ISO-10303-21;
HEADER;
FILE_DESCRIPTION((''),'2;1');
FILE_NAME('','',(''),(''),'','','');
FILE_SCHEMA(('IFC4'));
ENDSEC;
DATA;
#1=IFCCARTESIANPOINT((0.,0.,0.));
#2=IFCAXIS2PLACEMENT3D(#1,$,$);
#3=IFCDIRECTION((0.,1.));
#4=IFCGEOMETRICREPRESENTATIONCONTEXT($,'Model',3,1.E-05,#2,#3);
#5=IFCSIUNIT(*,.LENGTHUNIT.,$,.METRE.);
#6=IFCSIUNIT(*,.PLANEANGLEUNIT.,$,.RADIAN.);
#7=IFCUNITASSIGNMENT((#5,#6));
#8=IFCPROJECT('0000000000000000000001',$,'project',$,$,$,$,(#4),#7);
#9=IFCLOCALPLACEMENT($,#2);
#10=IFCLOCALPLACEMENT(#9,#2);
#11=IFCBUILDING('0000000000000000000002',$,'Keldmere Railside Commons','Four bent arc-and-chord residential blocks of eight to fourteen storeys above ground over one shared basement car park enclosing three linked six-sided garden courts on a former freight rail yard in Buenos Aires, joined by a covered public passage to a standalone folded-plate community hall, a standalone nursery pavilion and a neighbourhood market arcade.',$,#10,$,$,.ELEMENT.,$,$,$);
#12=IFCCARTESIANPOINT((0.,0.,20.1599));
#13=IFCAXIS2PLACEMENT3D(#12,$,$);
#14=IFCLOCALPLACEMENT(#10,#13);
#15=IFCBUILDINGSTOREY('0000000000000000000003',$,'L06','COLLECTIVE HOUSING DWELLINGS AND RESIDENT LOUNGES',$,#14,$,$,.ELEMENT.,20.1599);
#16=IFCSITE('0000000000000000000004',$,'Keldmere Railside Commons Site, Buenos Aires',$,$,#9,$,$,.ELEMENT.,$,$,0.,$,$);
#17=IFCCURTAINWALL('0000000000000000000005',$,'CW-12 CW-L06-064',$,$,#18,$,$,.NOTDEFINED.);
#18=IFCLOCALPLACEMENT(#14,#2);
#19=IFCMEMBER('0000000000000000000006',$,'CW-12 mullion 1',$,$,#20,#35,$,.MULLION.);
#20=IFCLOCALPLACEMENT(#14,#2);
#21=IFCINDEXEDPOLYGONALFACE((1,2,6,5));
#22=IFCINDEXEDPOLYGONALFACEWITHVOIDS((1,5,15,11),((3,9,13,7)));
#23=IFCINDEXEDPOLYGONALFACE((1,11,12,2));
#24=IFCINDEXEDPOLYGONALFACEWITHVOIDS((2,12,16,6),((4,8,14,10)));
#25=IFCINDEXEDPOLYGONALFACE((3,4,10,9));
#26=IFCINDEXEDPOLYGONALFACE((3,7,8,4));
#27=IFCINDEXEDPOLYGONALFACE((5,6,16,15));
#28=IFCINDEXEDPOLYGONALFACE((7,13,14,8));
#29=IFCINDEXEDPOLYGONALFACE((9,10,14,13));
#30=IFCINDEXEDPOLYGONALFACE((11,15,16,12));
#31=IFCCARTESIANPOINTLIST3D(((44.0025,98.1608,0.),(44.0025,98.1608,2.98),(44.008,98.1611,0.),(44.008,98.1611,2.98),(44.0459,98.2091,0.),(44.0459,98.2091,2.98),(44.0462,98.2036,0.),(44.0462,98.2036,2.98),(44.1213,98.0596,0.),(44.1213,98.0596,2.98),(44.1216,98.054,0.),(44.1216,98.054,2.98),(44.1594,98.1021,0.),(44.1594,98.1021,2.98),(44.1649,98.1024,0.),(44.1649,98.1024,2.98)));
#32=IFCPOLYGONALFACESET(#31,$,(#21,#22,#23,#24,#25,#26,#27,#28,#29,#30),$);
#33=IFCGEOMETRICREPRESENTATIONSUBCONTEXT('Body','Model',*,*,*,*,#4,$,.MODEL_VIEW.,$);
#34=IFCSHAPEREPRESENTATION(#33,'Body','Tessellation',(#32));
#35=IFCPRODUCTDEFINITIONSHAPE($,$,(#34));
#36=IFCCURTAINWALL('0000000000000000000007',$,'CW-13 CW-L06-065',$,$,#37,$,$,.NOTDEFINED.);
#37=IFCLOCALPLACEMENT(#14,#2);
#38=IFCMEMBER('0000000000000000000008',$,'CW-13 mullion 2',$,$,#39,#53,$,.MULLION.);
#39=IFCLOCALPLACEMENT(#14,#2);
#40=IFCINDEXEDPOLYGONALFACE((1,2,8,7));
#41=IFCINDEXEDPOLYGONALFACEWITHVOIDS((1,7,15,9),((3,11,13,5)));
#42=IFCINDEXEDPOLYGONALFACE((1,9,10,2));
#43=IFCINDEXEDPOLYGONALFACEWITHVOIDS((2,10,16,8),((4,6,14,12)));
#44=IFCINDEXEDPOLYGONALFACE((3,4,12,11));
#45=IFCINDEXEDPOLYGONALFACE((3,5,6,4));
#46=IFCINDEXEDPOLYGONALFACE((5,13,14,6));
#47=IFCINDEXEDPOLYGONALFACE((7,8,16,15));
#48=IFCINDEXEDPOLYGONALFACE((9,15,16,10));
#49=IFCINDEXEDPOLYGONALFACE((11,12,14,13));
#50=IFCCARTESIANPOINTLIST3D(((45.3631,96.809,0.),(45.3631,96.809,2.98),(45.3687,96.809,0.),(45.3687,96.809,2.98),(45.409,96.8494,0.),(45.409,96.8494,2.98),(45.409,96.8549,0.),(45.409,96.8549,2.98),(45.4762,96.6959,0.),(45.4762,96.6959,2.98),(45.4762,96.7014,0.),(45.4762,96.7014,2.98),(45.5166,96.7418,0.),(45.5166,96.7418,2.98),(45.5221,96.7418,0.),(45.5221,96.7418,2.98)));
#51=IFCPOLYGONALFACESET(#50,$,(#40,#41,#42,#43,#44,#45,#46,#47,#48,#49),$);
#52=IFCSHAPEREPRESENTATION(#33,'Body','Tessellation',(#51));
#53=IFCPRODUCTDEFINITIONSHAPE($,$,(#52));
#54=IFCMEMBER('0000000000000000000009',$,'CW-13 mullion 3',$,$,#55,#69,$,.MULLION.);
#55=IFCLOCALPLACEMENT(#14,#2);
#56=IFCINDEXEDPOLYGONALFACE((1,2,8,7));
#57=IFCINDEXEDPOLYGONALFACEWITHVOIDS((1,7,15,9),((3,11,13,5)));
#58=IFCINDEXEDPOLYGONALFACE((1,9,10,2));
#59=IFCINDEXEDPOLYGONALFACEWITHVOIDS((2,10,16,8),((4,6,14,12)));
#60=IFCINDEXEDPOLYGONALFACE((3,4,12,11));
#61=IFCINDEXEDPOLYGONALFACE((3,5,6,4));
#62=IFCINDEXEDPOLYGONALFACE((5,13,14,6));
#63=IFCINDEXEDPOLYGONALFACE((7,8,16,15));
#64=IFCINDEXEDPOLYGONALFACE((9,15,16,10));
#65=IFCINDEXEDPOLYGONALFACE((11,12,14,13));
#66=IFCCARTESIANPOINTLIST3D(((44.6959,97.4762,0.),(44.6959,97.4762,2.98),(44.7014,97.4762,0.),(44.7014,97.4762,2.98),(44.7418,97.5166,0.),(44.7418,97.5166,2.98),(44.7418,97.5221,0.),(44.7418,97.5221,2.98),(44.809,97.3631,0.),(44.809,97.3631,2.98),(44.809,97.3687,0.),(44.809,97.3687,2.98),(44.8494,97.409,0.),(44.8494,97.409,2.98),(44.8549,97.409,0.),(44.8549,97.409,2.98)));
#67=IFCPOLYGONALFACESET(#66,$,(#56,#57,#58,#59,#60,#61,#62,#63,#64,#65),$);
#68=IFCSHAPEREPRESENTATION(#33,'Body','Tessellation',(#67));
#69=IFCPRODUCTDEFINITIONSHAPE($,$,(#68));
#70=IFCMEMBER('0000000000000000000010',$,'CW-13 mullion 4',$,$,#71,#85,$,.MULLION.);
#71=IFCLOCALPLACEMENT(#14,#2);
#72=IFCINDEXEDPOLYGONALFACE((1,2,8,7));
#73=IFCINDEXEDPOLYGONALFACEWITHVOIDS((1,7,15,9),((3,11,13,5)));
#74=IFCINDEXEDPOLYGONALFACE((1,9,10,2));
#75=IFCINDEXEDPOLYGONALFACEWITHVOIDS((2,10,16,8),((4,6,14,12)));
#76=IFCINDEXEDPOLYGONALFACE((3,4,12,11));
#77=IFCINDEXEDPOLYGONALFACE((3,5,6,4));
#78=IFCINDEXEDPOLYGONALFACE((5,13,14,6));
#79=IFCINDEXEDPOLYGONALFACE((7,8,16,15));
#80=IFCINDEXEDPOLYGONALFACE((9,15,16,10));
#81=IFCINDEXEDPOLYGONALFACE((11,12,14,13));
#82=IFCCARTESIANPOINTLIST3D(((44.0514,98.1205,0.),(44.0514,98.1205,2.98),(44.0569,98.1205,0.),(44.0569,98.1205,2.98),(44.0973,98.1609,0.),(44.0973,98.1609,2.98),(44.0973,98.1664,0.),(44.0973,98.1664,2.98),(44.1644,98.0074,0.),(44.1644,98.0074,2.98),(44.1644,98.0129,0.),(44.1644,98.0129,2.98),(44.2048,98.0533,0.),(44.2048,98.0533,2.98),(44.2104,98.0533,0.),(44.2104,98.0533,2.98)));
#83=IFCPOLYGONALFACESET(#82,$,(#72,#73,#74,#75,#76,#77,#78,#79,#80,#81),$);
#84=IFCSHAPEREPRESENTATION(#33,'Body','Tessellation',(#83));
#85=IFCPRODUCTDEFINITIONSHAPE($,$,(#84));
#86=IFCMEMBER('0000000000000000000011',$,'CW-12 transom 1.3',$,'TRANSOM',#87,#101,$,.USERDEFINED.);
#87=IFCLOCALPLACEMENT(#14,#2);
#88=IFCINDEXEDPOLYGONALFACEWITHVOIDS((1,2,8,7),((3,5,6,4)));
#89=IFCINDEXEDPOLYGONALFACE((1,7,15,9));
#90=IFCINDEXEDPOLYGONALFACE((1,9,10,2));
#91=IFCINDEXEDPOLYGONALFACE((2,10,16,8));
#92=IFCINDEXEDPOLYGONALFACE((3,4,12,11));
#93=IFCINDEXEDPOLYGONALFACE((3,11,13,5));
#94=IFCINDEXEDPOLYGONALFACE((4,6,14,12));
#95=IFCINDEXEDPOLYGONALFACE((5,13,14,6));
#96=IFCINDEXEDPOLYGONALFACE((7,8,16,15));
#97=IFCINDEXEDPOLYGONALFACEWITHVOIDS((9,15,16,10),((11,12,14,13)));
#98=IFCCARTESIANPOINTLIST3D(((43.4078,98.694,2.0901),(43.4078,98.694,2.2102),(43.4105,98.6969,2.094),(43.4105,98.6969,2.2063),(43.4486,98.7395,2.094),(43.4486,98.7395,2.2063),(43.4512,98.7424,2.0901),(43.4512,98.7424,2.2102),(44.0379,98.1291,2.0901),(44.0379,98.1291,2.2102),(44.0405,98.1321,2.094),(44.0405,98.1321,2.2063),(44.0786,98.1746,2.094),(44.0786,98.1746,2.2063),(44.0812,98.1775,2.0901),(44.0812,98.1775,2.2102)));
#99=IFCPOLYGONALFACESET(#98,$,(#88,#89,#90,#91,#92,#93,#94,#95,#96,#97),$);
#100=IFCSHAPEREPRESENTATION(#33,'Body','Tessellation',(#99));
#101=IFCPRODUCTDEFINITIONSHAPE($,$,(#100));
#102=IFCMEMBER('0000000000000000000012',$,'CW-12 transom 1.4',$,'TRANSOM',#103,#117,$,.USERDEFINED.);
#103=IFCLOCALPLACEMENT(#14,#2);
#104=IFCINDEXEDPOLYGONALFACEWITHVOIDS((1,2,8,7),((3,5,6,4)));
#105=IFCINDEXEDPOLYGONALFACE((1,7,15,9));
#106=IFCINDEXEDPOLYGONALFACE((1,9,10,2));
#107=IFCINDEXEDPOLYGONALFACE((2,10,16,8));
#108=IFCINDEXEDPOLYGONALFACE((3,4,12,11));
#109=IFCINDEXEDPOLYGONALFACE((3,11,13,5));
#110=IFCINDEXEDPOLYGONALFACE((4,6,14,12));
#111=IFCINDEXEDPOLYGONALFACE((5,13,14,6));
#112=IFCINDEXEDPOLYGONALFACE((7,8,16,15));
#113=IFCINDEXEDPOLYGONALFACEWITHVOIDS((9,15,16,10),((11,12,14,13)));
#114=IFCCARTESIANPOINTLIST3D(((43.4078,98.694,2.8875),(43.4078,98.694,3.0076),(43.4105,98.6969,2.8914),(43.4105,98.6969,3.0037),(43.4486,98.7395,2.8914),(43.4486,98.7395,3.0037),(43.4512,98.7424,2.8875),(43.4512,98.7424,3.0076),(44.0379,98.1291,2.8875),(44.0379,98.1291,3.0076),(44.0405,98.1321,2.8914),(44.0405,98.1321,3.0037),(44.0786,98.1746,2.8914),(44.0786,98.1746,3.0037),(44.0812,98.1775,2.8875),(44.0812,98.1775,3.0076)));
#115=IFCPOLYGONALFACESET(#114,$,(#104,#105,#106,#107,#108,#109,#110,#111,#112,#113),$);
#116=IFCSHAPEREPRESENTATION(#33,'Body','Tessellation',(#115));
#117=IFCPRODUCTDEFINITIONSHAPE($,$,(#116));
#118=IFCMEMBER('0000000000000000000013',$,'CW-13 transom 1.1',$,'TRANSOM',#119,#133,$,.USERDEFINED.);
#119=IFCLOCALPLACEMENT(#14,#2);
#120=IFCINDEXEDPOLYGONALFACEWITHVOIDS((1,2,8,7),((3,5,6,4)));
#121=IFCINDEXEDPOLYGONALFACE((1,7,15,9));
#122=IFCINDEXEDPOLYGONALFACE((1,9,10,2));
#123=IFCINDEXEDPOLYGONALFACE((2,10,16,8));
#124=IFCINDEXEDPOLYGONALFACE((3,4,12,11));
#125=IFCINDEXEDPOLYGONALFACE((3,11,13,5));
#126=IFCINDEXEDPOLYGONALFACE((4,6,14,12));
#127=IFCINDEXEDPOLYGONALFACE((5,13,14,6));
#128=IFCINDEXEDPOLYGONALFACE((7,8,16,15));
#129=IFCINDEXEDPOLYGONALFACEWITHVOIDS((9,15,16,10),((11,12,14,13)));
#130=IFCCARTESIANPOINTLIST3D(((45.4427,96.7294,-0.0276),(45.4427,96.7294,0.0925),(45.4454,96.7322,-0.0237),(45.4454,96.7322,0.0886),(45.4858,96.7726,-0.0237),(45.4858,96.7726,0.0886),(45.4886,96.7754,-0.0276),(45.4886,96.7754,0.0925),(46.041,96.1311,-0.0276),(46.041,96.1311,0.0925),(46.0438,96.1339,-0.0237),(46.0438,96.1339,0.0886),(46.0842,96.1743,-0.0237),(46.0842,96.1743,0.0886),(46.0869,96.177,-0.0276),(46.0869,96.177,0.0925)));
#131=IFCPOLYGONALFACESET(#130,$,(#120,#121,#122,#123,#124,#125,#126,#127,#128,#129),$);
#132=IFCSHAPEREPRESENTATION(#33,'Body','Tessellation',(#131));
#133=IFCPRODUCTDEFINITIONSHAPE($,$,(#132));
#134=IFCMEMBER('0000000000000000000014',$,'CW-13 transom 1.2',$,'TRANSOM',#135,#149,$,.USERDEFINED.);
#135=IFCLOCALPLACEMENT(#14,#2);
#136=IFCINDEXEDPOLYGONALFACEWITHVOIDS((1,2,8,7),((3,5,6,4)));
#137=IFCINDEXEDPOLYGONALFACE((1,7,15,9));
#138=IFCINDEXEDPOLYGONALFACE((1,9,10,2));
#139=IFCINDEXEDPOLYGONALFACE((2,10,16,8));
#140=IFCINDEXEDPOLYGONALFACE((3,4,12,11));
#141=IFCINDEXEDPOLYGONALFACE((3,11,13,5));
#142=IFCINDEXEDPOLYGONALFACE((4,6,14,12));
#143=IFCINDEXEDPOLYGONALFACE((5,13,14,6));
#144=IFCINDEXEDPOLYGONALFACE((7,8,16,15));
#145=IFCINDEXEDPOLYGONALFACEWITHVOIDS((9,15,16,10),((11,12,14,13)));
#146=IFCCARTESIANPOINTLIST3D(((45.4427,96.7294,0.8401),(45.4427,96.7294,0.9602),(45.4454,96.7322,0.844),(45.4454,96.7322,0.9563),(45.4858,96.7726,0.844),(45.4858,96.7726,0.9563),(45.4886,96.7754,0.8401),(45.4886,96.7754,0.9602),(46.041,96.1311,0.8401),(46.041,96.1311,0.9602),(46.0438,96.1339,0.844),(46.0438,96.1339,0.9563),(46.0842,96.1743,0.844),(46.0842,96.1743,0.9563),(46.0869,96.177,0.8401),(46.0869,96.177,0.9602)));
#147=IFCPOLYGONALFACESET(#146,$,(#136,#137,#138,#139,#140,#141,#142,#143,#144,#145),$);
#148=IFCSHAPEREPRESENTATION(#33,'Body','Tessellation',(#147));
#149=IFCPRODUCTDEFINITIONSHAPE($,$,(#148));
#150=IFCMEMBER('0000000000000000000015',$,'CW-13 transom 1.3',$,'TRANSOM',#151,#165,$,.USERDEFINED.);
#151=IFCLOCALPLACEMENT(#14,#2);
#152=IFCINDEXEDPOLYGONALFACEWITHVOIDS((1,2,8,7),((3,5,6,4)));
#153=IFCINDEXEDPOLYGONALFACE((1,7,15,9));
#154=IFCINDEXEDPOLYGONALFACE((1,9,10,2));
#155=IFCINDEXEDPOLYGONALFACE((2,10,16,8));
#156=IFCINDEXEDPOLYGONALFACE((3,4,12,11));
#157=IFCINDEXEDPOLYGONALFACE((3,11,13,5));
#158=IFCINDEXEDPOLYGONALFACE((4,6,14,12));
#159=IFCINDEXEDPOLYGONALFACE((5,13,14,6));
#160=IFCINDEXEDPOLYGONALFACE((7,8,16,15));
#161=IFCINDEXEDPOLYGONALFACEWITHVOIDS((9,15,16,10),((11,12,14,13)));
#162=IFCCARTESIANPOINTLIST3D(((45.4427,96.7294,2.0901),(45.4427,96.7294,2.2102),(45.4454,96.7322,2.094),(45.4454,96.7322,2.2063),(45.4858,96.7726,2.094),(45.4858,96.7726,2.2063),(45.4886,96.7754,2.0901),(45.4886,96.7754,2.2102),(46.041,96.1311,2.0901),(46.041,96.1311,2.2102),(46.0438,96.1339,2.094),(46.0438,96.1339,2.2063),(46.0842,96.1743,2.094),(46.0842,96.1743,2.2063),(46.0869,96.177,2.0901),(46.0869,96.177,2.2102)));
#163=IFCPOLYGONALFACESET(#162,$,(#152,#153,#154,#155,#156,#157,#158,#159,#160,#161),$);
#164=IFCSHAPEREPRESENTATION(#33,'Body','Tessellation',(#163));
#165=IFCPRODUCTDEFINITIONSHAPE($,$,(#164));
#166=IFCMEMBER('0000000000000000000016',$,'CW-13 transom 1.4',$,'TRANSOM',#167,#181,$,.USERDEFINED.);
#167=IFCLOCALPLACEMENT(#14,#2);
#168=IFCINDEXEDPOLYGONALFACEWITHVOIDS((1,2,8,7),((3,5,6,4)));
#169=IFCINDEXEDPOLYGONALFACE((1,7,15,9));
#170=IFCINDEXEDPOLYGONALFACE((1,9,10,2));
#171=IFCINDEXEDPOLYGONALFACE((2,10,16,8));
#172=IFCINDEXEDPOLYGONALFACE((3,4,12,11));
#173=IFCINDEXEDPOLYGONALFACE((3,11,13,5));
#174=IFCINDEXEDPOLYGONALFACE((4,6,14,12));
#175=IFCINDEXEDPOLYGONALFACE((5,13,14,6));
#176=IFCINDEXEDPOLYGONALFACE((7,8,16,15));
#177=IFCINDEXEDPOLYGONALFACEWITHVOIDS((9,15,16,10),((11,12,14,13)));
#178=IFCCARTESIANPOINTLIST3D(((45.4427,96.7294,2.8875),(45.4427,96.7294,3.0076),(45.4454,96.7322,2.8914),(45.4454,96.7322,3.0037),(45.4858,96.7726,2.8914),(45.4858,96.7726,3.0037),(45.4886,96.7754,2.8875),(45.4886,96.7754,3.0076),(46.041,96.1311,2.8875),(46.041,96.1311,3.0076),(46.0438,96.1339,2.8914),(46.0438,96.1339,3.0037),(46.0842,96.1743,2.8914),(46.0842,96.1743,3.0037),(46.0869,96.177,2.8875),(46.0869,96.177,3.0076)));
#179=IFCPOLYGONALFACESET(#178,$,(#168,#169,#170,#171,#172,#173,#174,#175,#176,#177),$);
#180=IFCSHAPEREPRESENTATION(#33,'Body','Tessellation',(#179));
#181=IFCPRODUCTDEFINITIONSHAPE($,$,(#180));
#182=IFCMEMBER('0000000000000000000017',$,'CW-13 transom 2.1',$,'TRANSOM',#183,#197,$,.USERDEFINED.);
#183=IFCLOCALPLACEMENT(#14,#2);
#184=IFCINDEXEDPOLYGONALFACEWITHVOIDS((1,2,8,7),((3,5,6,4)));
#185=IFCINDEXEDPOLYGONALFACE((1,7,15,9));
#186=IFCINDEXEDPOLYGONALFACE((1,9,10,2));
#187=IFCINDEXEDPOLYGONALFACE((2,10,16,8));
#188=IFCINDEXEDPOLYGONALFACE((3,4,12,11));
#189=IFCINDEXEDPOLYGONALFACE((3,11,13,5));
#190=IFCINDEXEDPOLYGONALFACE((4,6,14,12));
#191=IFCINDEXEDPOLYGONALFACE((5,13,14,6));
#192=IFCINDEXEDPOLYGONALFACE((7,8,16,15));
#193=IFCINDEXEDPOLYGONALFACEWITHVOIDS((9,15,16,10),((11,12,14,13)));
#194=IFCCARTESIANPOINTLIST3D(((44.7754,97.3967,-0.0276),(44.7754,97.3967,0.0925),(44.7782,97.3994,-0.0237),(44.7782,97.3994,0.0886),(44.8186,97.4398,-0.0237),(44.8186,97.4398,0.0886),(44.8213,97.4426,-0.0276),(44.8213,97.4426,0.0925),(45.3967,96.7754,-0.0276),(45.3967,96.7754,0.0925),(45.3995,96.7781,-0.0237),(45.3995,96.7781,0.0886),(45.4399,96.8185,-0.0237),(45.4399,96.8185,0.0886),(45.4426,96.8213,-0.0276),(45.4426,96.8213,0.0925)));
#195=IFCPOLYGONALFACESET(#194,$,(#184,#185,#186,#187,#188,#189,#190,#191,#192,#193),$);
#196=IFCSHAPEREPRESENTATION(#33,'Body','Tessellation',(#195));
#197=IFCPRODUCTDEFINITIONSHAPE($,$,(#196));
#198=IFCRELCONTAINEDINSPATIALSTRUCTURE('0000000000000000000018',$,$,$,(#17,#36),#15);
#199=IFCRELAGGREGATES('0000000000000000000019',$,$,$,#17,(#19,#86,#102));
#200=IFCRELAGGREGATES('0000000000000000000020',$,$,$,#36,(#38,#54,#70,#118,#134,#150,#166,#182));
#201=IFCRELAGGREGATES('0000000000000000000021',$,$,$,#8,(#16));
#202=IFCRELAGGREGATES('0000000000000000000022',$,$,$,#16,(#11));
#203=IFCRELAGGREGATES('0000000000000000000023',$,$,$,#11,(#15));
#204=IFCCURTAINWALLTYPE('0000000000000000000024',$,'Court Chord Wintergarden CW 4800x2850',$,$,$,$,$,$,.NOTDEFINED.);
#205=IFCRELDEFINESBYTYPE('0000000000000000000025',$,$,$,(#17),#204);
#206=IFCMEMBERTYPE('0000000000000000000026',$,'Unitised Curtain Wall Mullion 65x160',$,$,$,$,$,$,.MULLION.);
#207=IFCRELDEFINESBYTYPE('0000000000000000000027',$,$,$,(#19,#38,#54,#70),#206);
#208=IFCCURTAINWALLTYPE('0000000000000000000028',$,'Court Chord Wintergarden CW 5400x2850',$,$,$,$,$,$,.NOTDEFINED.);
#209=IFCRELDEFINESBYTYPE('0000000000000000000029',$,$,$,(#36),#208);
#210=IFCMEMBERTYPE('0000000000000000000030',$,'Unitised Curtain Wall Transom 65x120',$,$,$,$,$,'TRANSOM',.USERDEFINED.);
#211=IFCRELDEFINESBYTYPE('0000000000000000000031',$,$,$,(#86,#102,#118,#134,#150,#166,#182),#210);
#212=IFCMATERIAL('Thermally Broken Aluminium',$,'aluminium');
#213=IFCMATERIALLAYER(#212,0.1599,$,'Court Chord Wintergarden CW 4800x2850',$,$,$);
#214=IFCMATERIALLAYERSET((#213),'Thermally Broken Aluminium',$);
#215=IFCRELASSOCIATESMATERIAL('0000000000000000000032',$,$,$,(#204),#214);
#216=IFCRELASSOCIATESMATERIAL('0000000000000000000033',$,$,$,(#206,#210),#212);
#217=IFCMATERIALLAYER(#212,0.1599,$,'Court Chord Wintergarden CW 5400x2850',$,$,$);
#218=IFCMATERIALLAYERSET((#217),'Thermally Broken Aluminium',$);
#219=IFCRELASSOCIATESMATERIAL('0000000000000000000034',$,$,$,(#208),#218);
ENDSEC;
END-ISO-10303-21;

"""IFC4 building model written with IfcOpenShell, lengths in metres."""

from ifc_helpers import new_model, si_unit, direction, frame, origin, origin_2d, place, context, subcontext, project, spatial, hollow_rectangle, extrude, material, layer, layer_set, material_profile, profile_set, type_object, element, aggregate, save


model = new_model("IFC4")

# Units and contexts
model_context = context("Model", 3, precision=1e-05, world=origin(), true_north=direction((0.0, 1.0)))
body_context = subcontext(model_context, "Body", "Model", "MODEL_VIEW")
ifc_project = project(units=[si_unit("LENGTHUNIT", "METRE"), si_unit("PLANEANGLEUNIT", "RADIAN")], contexts=[model_context])

# Site, building, storey
site_placement = place(None, origin())
site = spatial("IfcSite", under=ifc_project, at=site_placement, Name="Keldmere Railside Commons Site, Buenos Aires", CompositionType="ELEMENT", RefElevation=0.0)
building_placement = place(site_placement, origin())
building = spatial("IfcBuilding", under=site, at=building_placement, Name="Keldmere Railside Commons", Description="Four bent arc-and-chord residential blocks of eight to fourteen storeys above ground over one shared basement car park enclosing three linked six-sided garden courts on a former freight rail yard in Buenos Aires, joined by a covered public passage to a standalone folded-plate community hall, a standalone nursery pavilion and a neighbourhood market arcade.", CompositionType="ELEMENT")
storey_placement = place(building_placement, frame((0.0, 0.0, 20.1599)))
storey = spatial("IfcBuildingStorey", under=building, at=storey_placement, Name="L06", Description="COLLECTIVE HOUSING DWELLINGS AND RESIDENT LOUNGES", CompositionType="ELEMENT", Elevation=20.1599)

# Curtain wall, member
ifc_material_1 = material(Name="Thermally Broken Aluminium", Category="aluminium")
ifc_layer_1 = layer(ifc_material_1, 0.1599, Name="Court Chord Wintergarden CW 4800x2850")
ifc_layer_set_1 = layer_set([ifc_layer_1], Name="Thermally Broken Aluminium")
curtain_wall_type_1 = type_object("IfcCurtainWallType", Name="Court Chord Wintergarden CW 4800x2850", PredefinedType="NOTDEFINED", material=ifc_layer_set_1)
curtain_wall_1_placement = place(storey_placement, origin())
curtain_wall_1 = element("IfcCurtainWall", 1, at=curtain_wall_1_placement, inside=storey, type_object=curtain_wall_type_1, Name="CW-12 CW-L06-064", PredefinedType="NOTDEFINED")
ifc_material_profile_1 = material_profile(ifc_material_1, hollow_rectangle(XDim=0.0649, YDim=0.1599, WallThickness=0.0039, at=origin_2d()), Name="ALU-MULL-65x160")
ifc_profile_set_1 = profile_set([ifc_material_profile_1], Name="Thermally Broken Aluminium")
member_type_1 = type_object("IfcMemberType", Name="Unitised Curtain Wall Mullion 65x160", PredefinedType="MULLION", material=ifc_profile_set_1)
member_1_placement = place(storey_placement, frame((44.0837, 98.1316, 0.0), z_axis=(0.0, 0.0, 1.0), x_axis=(-0.667559, -0.744557, 0.0)))
member_1 = element("IfcMember", 2, at=member_1_placement, type_object=member_type_1, Name="CW-12 mullion 1", PredefinedType="MULLION", context=body_context, shape_type="SweptSolid", body=[
    extrude(hollow_rectangle(XDim=0.0649, YDim=0.1599, WallThickness=0.0039, at=origin_2d()), origin(), (0.0, 0.0, 1.0), 2.98),
])

# Curtain wall, members
ifc_layer_2 = layer(ifc_material_1, 0.1599, Name="Court Chord Wintergarden CW 5400x2850")
ifc_layer_set_2 = layer_set([ifc_layer_2], Name="Thermally Broken Aluminium")
curtain_wall_type_2 = type_object("IfcCurtainWallType", Name="Court Chord Wintergarden CW 5400x2850", PredefinedType="NOTDEFINED", material=ifc_layer_set_2)
curtain_wall_2_placement = place(storey_placement, origin())
curtain_wall_2 = element("IfcCurtainWall", 3, at=curtain_wall_2_placement, inside=storey, type_object=curtain_wall_type_2, Name="CW-13 CW-L06-065", PredefinedType="NOTDEFINED")
member_2_placement = place(storey_placement, frame((45.4426, 96.7754, 0.0), z_axis=(0.0, 0.0, 1.0), x_axis=(-0.707107, -0.707107, 0.0)))
member_2 = element("IfcMember", 4, at=member_2_placement, type_object=member_type_1, Name="CW-13 mullion 2", PredefinedType="MULLION", context=body_context, shape_type="SweptSolid", body=[
    extrude(hollow_rectangle(XDim=0.0649, YDim=0.1599, WallThickness=0.0039, at=origin_2d()), origin(), (0.0, 0.0, 1.0), 2.98),
])
member_3_placement = place(storey_placement, frame((44.7754, 97.4426, 0.0), z_axis=(0.0, 0.0, 1.0), x_axis=(-0.707107, -0.707107, 0.0)))
member_3 = element("IfcMember", 5, at=member_3_placement, type_object=member_type_1, Name="CW-13 mullion 3", PredefinedType="MULLION", context=body_context, shape_type="SweptSolid", body=[
    extrude(hollow_rectangle(XDim=0.0649, YDim=0.1599, WallThickness=0.0039, at=origin_2d()), origin(), (0.0, 0.0, 1.0), 2.98),
])
member_4_placement = place(storey_placement, frame((44.1309, 98.0869, 0.0), z_axis=(0.0, 0.0, 1.0), x_axis=(-0.707107, -0.707107, 0.0)))
member_4 = element("IfcMember", 6, at=member_4_placement, type_object=member_type_1, Name="CW-13 mullion 4", PredefinedType="MULLION", context=body_context, shape_type="SweptSolid", body=[
    extrude(hollow_rectangle(XDim=0.0649, YDim=0.1599, WallThickness=0.0039, at=origin_2d()), origin(), (0.0, 0.0, 1.0), 2.98),
])

# Members
ifc_material_profile_2 = material_profile(ifc_material_1, hollow_rectangle(XDim=0.0649, YDim=0.1201, WallThickness=0.0039, at=origin_2d()), Name="ALU-TRAN-65x120")
ifc_profile_set_2 = profile_set([ifc_material_profile_2], Name="Thermally Broken Aluminium")
member_type_2 = type_object("IfcMemberType", Name="Unitised Curtain Wall Transom 65x120", ElementType="TRANSOM", PredefinedType="USERDEFINED", material=ifc_profile_set_2)
member_5_placement = place(storey_placement, frame((44.0596, 98.1533, 2.1501), z_axis=(-0.744569, 0.667545, 0.0), x_axis=(-0.667545, -0.744569, 0.0)))
member_5 = element("IfcMember", 7, at=member_5_placement, type_object=member_type_2, Name="CW-12 transom 1.3", ObjectType="TRANSOM", PredefinedType="USERDEFINED", context=body_context, shape_type="SweptSolid", body=[
    extrude(hollow_rectangle(XDim=0.0649, YDim=0.1201, WallThickness=0.0039, at=origin_2d()), origin(), (0.0, 0.0, 1.0), 0.8462),
])
member_6_placement = place(storey_placement, frame((44.0596, 98.1533, 2.9475), z_axis=(-0.744569, 0.667545, 0.0), x_axis=(-0.667545, -0.744569, 0.0)))
member_6 = element("IfcMember", 8, at=member_6_placement, type_object=member_type_2, Name="CW-12 transom 1.4", ObjectType="TRANSOM", PredefinedType="USERDEFINED", context=body_context, shape_type="SweptSolid", body=[
    extrude(hollow_rectangle(XDim=0.0649, YDim=0.1201, WallThickness=0.0039, at=origin_2d()), origin(), (0.0, 0.0, 1.0), 0.8462),
])
aggregate(curtain_wall_1, [member_1, member_5, member_6])
member_7_placement = place(storey_placement, frame((46.064, 96.1541, 0.0325), z_axis=(-0.707107, 0.707107, 0.0), x_axis=(-0.707107, -0.707107, 0.0)))
member_7 = element("IfcMember", 9, at=member_7_placement, type_object=member_type_2, Name="CW-13 transom 1.1", ObjectType="TRANSOM", PredefinedType="USERDEFINED", context=body_context, shape_type="SweptSolid", body=[
    extrude(hollow_rectangle(XDim=0.0649, YDim=0.1201, WallThickness=0.0039, at=origin_2d()), origin(), (0.0, 0.0, 1.0), 0.8462),
])
member_8_placement = place(storey_placement, frame((46.064, 96.1541, 0.9001), z_axis=(-0.707107, 0.707107, 0.0), x_axis=(-0.707107, -0.707107, 0.0)))
member_8 = element("IfcMember", 10, at=member_8_placement, type_object=member_type_2, Name="CW-13 transom 1.2", ObjectType="TRANSOM", PredefinedType="USERDEFINED", context=body_context, shape_type="SweptSolid", body=[
    extrude(hollow_rectangle(XDim=0.0649, YDim=0.1201, WallThickness=0.0039, at=origin_2d()), origin(), (0.0, 0.0, 1.0), 0.8462),
])
member_9_placement = place(storey_placement, frame((46.064, 96.1541, 2.1501), z_axis=(-0.707107, 0.707107, 0.0), x_axis=(-0.707107, -0.707107, 0.0)))
member_9 = element("IfcMember", 11, at=member_9_placement, type_object=member_type_2, Name="CW-13 transom 1.3", ObjectType="TRANSOM", PredefinedType="USERDEFINED", context=body_context, shape_type="SweptSolid", body=[
    extrude(hollow_rectangle(XDim=0.0649, YDim=0.1201, WallThickness=0.0039, at=origin_2d()), origin(), (0.0, 0.0, 1.0), 0.8462),
])
member_10_placement = place(storey_placement, frame((46.064, 96.1541, 2.9475), z_axis=(-0.707107, 0.707107, 0.0), x_axis=(-0.707107, -0.707107, 0.0)))
member_10 = element("IfcMember", 12, at=member_10_placement, type_object=member_type_2, Name="CW-13 transom 1.4", ObjectType="TRANSOM", PredefinedType="USERDEFINED", context=body_context, shape_type="SweptSolid", body=[
    extrude(hollow_rectangle(XDim=0.0649, YDim=0.1201, WallThickness=0.0039, at=origin_2d()), origin(), (0.0, 0.0, 1.0), 0.8462),
])
member_11_placement = place(storey_placement, frame((45.4197, 96.7983, 0.0325), z_axis=(-0.707107, 0.707107, 0.0), x_axis=(-0.707107, -0.707107, 0.0)))
member_11 = element("IfcMember", 13, at=member_11_placement, type_object=member_type_2, Name="CW-13 transom 2.1", ObjectType="TRANSOM", PredefinedType="USERDEFINED", context=body_context, shape_type="SweptSolid", body=[
    extrude(hollow_rectangle(XDim=0.0649, YDim=0.1201, WallThickness=0.0039, at=origin_2d()), origin(), (0.0, 0.0, 1.0), 0.8787),
])

aggregate(curtain_wall_2, [member_2, member_3, member_4, member_7, member_8, member_9, member_10, member_11])

save(model, "model.ifc")
